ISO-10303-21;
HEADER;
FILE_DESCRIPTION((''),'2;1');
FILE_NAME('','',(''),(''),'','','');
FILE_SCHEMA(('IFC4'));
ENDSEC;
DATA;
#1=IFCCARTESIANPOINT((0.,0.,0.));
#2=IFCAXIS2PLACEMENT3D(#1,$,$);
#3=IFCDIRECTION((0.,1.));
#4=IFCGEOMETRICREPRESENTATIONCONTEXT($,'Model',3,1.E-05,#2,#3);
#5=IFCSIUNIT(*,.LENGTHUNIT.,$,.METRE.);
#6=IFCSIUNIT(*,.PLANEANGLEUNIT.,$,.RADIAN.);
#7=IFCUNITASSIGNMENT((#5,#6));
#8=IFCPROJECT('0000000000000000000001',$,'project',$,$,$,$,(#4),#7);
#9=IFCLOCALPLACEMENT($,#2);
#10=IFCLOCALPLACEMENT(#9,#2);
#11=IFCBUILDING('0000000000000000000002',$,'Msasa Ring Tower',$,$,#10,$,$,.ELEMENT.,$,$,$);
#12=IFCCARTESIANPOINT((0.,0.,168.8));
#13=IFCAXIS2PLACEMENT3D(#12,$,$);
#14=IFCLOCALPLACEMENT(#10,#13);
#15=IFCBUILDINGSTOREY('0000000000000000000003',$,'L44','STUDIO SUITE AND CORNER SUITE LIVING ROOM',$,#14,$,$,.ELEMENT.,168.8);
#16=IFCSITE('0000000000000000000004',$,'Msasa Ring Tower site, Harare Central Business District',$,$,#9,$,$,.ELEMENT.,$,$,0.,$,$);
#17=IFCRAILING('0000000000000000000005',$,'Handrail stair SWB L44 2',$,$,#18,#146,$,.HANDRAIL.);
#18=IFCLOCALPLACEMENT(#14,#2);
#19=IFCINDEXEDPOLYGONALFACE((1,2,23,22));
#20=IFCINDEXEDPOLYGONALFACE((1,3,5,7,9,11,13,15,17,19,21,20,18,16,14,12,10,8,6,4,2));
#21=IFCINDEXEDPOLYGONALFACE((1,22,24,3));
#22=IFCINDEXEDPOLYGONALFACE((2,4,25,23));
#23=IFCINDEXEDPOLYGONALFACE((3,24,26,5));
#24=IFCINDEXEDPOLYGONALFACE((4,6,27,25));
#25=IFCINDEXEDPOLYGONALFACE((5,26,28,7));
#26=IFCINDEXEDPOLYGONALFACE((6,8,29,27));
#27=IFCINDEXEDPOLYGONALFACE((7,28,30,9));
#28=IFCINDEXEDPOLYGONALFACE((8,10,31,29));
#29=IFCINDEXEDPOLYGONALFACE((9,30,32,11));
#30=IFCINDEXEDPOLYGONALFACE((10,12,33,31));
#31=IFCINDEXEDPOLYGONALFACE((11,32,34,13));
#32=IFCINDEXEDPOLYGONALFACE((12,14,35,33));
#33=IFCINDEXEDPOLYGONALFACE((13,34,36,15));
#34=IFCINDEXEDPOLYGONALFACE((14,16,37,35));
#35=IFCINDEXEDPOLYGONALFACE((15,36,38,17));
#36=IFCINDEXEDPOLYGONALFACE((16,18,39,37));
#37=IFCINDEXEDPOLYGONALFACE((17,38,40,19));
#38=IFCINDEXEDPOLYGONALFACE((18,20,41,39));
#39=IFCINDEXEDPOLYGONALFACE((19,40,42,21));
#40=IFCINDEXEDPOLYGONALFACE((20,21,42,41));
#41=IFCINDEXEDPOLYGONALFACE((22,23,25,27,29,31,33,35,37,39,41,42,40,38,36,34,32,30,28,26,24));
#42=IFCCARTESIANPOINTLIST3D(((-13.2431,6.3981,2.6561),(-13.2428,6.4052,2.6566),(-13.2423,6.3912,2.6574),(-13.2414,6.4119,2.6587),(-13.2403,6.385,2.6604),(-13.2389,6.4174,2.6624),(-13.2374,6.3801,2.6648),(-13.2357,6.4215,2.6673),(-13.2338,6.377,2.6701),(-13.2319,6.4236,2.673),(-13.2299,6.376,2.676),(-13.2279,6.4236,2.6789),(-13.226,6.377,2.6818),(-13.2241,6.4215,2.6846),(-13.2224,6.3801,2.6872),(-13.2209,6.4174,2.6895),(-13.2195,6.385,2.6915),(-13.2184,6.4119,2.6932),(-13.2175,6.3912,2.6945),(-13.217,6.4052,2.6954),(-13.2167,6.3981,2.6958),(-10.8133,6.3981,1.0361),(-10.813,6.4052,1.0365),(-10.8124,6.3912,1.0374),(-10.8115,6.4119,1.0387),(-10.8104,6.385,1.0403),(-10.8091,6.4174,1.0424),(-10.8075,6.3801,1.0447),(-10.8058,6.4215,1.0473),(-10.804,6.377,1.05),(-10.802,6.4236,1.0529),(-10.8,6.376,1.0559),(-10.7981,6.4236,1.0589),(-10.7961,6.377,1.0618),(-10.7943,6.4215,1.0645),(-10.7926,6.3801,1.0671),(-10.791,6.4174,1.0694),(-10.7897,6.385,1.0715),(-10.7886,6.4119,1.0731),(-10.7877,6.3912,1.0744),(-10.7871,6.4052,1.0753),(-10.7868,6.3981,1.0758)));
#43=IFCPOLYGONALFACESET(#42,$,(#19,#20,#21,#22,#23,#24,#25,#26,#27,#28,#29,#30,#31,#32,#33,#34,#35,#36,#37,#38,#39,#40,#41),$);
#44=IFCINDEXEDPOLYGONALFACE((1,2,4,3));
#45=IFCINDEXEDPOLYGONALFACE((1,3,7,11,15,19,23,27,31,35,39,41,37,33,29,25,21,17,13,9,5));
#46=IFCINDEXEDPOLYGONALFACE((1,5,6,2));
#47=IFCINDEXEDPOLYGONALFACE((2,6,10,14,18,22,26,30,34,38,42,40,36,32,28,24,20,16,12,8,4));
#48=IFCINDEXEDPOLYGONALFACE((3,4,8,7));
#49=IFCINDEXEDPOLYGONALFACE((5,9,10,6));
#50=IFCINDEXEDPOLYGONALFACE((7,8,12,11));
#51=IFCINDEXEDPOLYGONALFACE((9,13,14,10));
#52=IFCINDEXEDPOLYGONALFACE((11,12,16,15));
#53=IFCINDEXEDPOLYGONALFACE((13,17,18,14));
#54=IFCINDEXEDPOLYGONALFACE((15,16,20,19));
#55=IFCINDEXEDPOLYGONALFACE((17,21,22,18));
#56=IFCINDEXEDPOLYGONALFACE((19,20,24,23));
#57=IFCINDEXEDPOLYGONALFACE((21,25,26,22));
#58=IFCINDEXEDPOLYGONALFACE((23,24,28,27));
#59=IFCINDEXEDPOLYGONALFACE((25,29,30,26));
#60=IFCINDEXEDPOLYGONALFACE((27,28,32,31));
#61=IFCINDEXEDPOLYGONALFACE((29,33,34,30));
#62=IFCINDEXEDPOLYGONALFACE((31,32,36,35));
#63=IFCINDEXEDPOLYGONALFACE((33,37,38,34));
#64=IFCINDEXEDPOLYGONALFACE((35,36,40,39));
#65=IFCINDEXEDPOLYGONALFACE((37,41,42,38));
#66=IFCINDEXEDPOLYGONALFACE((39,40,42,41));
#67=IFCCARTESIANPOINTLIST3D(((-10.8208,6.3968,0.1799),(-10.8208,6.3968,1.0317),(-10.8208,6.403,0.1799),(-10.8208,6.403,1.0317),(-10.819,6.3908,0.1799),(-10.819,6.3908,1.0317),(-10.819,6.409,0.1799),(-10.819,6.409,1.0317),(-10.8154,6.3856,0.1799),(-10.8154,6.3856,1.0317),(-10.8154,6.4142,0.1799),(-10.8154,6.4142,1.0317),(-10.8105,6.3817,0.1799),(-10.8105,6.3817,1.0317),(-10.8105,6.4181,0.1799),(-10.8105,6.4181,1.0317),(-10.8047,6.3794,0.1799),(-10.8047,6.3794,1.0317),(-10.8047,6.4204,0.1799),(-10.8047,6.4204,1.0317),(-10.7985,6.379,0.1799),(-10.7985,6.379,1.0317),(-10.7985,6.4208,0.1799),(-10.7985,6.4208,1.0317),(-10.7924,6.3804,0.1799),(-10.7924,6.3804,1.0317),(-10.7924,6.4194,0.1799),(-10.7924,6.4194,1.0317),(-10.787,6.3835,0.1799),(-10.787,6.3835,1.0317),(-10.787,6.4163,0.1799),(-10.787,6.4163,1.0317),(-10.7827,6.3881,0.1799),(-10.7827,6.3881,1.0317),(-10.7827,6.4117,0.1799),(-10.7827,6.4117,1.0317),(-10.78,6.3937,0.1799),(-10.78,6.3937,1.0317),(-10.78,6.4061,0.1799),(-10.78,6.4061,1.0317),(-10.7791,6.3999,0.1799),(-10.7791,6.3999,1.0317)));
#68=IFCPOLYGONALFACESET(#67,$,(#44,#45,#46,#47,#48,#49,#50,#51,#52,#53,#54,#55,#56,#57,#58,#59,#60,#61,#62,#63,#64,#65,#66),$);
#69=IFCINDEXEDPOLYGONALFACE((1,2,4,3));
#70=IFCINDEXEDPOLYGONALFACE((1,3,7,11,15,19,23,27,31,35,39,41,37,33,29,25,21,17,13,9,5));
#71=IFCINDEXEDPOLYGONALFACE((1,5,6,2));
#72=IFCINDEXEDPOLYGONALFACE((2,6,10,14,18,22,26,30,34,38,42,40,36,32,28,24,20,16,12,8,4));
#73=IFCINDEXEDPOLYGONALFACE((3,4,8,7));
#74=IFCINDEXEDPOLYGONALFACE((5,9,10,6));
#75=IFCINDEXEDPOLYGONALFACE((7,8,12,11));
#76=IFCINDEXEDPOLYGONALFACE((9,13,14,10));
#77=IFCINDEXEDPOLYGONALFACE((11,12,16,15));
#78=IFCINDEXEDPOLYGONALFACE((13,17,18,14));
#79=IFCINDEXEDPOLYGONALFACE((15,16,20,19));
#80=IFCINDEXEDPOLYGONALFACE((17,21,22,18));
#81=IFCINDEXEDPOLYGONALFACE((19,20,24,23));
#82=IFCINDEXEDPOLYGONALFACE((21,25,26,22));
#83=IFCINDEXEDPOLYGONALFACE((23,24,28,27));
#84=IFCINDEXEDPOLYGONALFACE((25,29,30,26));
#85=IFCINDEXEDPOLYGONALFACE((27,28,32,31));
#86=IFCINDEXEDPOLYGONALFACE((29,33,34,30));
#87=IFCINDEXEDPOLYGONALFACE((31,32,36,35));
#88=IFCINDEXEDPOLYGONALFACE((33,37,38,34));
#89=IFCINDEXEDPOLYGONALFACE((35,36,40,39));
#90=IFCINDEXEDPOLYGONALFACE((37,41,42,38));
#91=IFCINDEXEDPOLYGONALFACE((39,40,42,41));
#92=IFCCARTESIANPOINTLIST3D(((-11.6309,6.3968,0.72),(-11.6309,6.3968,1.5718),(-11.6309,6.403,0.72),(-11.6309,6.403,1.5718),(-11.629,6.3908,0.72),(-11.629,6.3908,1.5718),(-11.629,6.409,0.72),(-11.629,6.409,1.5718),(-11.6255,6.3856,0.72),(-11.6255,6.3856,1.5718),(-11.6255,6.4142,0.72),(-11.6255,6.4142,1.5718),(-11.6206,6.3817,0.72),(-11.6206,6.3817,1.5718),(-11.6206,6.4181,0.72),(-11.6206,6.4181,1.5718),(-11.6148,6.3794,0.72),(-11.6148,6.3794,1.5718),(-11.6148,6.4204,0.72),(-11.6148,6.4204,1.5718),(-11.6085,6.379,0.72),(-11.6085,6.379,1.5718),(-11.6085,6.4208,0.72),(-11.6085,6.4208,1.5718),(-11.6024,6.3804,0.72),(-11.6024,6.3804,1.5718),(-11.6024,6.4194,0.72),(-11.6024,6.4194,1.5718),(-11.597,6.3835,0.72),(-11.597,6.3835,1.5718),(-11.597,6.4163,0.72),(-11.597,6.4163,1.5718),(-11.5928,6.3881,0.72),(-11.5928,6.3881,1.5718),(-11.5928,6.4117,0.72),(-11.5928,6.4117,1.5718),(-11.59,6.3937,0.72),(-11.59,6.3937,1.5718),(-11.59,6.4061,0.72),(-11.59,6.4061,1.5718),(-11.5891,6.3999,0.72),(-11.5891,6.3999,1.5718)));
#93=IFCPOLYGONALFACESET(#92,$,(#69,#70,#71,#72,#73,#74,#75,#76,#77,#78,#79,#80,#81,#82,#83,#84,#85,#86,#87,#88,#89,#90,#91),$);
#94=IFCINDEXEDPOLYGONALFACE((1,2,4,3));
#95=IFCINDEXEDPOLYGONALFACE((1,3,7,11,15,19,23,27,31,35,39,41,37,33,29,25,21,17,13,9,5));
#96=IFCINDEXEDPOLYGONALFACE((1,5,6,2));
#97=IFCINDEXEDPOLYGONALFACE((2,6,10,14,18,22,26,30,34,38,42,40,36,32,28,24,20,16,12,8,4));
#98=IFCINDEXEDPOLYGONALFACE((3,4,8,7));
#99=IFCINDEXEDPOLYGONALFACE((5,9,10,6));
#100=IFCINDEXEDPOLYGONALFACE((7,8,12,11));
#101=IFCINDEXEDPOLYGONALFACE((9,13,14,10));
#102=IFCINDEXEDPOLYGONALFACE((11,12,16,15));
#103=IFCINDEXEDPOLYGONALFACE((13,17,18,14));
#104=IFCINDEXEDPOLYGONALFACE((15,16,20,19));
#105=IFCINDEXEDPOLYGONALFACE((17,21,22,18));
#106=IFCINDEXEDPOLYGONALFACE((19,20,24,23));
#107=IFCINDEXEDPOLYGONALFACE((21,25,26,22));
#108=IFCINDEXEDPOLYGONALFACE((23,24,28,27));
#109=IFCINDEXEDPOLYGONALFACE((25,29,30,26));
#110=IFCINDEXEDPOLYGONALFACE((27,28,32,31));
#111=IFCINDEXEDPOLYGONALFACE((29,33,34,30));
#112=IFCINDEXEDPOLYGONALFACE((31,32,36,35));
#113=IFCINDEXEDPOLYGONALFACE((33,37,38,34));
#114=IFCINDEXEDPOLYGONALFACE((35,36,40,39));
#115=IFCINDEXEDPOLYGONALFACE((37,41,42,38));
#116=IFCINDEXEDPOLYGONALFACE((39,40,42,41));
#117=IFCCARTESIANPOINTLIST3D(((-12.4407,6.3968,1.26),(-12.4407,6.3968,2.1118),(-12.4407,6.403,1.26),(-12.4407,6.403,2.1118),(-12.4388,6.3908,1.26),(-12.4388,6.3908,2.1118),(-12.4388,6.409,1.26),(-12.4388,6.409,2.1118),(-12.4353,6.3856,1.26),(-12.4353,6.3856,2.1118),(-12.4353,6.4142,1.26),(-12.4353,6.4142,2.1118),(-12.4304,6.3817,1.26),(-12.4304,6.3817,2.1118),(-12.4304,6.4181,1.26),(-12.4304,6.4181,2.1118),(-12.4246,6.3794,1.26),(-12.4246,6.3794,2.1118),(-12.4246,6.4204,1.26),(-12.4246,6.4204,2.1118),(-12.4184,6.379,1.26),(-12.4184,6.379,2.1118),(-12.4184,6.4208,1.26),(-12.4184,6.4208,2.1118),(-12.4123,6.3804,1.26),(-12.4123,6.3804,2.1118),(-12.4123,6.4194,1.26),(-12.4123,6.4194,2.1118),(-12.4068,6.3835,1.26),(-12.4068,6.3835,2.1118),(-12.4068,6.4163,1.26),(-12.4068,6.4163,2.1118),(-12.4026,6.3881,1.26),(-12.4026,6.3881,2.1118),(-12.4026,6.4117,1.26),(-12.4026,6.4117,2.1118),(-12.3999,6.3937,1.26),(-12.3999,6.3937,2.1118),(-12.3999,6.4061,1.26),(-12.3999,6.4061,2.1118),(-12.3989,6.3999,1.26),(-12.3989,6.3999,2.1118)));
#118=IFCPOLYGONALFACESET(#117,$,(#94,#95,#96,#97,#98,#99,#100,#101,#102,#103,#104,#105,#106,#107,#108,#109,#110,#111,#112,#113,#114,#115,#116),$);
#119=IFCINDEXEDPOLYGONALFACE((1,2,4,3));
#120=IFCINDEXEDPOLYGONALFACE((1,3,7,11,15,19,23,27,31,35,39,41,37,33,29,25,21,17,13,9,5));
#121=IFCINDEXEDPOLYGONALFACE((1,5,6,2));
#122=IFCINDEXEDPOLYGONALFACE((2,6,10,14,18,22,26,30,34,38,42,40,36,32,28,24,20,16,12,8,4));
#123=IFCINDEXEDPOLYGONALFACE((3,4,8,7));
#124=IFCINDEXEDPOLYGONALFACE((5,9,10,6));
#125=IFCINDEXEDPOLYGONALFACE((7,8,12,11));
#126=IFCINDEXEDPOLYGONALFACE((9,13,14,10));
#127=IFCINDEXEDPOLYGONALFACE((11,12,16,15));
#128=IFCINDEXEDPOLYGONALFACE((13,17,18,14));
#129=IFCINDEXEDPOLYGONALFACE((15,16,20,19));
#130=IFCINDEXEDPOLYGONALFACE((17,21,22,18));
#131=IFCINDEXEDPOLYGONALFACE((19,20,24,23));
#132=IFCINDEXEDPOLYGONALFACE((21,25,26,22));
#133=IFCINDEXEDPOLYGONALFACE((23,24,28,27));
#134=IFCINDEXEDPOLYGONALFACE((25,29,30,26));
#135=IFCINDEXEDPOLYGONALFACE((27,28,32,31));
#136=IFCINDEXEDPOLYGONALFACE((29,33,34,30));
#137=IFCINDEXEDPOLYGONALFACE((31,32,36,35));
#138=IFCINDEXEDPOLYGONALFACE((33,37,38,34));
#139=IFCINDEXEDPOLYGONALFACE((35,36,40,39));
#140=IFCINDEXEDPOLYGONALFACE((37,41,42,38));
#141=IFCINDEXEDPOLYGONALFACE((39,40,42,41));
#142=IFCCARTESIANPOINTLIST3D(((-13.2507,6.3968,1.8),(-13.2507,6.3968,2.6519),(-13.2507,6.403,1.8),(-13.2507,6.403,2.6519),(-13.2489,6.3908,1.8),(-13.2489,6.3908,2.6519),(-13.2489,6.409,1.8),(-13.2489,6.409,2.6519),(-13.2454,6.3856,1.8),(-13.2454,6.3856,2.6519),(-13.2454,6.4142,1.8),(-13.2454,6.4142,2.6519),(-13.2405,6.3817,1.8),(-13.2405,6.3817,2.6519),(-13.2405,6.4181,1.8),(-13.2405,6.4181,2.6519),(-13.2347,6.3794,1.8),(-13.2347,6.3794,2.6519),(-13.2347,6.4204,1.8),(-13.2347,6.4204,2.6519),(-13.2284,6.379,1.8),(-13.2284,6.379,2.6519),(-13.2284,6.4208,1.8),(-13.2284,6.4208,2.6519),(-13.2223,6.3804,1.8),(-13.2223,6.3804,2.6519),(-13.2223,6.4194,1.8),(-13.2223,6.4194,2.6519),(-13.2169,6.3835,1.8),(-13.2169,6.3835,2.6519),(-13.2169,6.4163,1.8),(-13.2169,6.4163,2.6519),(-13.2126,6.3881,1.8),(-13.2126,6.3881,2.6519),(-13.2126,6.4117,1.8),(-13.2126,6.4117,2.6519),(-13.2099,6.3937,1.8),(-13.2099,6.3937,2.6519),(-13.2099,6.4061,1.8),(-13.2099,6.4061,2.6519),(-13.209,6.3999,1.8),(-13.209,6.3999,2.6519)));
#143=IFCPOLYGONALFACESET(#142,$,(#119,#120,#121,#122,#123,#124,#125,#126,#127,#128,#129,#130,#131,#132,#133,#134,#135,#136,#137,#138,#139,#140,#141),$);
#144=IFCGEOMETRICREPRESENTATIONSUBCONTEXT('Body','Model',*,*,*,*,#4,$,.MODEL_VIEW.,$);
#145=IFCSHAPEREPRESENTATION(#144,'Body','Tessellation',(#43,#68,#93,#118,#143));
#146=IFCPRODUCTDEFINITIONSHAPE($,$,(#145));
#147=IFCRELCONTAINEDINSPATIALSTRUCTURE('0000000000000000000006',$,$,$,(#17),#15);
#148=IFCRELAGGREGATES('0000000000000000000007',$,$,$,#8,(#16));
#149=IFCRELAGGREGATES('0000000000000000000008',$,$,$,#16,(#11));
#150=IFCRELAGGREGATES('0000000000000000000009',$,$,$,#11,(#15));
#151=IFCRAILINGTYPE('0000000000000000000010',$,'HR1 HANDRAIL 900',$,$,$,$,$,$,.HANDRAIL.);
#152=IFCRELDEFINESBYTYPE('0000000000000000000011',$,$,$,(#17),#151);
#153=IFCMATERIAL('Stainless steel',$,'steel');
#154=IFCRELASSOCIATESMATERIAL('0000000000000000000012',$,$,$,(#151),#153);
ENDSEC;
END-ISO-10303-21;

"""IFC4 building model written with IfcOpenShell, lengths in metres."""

from ifc_helpers import new_model, si_unit, direction, frame, origin, origin_2d, place, context, subcontext, project, spatial, circle, extrude, material, type_object, element, save


model = new_model("IFC4")

# Units and contexts
model_context = context("Model", 3, precision=1e-05, world=origin(), true_north=direction((0.0, 1.0)))
body_context = subcontext(model_context, "Body", "Model", "MODEL_VIEW")
ifc_project = project(units=[si_unit("LENGTHUNIT", "METRE"), si_unit("PLANEANGLEUNIT", "RADIAN")], contexts=[model_context])

# Site, building, storey
site_placement = place(None, origin())
site = spatial("IfcSite", under=ifc_project, at=site_placement, Name="Msasa Ring Tower site, Harare Central Business District", CompositionType="ELEMENT", RefElevation=0.0)
building_placement = place(site_placement, origin())
building = spatial("IfcBuilding", under=site, at=building_placement, Name="Msasa Ring Tower", CompositionType="ELEMENT")
storey_placement = place(building_placement, frame((0.0, 0.0, 168.8)))
storey = spatial("IfcBuildingStorey", under=building, at=storey_placement, Name="L44", Description="STUDIO SUITE AND CORNER SUITE LIVING ROOM", CompositionType="ELEMENT", Elevation=168.8)

# Railing
ifc_material_1 = material(Name="Stainless steel", Category="steel")
railing_type = type_object("IfcRailingType", Name="HR1 HANDRAIL 900", PredefinedType="HANDRAIL", material=ifc_material_1)
for number, where, name in (
    (1, (-10.8, 6.3999, 0.1799), "Handrail stair SWB L44 2"),
):
    element("IfcRailing", number, at=place(storey_placement, frame(where)), inside=storey, type_object=railing_type, Name=name, PredefinedType="HANDRAIL", context=body_context, shape_type="SweptSolid", body=[
        extrude(circle(Radius=0.0239, at=origin_2d()), frame((0.0, 0.0, 0.876), z_axis=(-0.832025, 0.0, 0.554739), x_axis=(0.0, -1.0, 0.0)), (0.0, 0.0, 1.0), 2.9204),
        extrude(circle(Radius=0.021, at=origin_2d()), origin(), (0.0, 0.0, 1.0), 0.8518),
        extrude(circle(Radius=0.021, at=origin_2d()), frame((-0.8101, 0.0, 0.54)), (0.0, 0.0, 1.0), 0.8518),
        extrude(circle(Radius=0.021, at=origin_2d()), frame((-1.6199, 0.0, 1.0801)), (0.0, 0.0, 1.0), 0.8518),
        extrude(circle(Radius=0.021, at=origin_2d()), frame((-2.4299, 0.0, 1.6201)), (0.0, 0.0, 1.0), 0.8518),
    ])

save(model, "model.ifc")
